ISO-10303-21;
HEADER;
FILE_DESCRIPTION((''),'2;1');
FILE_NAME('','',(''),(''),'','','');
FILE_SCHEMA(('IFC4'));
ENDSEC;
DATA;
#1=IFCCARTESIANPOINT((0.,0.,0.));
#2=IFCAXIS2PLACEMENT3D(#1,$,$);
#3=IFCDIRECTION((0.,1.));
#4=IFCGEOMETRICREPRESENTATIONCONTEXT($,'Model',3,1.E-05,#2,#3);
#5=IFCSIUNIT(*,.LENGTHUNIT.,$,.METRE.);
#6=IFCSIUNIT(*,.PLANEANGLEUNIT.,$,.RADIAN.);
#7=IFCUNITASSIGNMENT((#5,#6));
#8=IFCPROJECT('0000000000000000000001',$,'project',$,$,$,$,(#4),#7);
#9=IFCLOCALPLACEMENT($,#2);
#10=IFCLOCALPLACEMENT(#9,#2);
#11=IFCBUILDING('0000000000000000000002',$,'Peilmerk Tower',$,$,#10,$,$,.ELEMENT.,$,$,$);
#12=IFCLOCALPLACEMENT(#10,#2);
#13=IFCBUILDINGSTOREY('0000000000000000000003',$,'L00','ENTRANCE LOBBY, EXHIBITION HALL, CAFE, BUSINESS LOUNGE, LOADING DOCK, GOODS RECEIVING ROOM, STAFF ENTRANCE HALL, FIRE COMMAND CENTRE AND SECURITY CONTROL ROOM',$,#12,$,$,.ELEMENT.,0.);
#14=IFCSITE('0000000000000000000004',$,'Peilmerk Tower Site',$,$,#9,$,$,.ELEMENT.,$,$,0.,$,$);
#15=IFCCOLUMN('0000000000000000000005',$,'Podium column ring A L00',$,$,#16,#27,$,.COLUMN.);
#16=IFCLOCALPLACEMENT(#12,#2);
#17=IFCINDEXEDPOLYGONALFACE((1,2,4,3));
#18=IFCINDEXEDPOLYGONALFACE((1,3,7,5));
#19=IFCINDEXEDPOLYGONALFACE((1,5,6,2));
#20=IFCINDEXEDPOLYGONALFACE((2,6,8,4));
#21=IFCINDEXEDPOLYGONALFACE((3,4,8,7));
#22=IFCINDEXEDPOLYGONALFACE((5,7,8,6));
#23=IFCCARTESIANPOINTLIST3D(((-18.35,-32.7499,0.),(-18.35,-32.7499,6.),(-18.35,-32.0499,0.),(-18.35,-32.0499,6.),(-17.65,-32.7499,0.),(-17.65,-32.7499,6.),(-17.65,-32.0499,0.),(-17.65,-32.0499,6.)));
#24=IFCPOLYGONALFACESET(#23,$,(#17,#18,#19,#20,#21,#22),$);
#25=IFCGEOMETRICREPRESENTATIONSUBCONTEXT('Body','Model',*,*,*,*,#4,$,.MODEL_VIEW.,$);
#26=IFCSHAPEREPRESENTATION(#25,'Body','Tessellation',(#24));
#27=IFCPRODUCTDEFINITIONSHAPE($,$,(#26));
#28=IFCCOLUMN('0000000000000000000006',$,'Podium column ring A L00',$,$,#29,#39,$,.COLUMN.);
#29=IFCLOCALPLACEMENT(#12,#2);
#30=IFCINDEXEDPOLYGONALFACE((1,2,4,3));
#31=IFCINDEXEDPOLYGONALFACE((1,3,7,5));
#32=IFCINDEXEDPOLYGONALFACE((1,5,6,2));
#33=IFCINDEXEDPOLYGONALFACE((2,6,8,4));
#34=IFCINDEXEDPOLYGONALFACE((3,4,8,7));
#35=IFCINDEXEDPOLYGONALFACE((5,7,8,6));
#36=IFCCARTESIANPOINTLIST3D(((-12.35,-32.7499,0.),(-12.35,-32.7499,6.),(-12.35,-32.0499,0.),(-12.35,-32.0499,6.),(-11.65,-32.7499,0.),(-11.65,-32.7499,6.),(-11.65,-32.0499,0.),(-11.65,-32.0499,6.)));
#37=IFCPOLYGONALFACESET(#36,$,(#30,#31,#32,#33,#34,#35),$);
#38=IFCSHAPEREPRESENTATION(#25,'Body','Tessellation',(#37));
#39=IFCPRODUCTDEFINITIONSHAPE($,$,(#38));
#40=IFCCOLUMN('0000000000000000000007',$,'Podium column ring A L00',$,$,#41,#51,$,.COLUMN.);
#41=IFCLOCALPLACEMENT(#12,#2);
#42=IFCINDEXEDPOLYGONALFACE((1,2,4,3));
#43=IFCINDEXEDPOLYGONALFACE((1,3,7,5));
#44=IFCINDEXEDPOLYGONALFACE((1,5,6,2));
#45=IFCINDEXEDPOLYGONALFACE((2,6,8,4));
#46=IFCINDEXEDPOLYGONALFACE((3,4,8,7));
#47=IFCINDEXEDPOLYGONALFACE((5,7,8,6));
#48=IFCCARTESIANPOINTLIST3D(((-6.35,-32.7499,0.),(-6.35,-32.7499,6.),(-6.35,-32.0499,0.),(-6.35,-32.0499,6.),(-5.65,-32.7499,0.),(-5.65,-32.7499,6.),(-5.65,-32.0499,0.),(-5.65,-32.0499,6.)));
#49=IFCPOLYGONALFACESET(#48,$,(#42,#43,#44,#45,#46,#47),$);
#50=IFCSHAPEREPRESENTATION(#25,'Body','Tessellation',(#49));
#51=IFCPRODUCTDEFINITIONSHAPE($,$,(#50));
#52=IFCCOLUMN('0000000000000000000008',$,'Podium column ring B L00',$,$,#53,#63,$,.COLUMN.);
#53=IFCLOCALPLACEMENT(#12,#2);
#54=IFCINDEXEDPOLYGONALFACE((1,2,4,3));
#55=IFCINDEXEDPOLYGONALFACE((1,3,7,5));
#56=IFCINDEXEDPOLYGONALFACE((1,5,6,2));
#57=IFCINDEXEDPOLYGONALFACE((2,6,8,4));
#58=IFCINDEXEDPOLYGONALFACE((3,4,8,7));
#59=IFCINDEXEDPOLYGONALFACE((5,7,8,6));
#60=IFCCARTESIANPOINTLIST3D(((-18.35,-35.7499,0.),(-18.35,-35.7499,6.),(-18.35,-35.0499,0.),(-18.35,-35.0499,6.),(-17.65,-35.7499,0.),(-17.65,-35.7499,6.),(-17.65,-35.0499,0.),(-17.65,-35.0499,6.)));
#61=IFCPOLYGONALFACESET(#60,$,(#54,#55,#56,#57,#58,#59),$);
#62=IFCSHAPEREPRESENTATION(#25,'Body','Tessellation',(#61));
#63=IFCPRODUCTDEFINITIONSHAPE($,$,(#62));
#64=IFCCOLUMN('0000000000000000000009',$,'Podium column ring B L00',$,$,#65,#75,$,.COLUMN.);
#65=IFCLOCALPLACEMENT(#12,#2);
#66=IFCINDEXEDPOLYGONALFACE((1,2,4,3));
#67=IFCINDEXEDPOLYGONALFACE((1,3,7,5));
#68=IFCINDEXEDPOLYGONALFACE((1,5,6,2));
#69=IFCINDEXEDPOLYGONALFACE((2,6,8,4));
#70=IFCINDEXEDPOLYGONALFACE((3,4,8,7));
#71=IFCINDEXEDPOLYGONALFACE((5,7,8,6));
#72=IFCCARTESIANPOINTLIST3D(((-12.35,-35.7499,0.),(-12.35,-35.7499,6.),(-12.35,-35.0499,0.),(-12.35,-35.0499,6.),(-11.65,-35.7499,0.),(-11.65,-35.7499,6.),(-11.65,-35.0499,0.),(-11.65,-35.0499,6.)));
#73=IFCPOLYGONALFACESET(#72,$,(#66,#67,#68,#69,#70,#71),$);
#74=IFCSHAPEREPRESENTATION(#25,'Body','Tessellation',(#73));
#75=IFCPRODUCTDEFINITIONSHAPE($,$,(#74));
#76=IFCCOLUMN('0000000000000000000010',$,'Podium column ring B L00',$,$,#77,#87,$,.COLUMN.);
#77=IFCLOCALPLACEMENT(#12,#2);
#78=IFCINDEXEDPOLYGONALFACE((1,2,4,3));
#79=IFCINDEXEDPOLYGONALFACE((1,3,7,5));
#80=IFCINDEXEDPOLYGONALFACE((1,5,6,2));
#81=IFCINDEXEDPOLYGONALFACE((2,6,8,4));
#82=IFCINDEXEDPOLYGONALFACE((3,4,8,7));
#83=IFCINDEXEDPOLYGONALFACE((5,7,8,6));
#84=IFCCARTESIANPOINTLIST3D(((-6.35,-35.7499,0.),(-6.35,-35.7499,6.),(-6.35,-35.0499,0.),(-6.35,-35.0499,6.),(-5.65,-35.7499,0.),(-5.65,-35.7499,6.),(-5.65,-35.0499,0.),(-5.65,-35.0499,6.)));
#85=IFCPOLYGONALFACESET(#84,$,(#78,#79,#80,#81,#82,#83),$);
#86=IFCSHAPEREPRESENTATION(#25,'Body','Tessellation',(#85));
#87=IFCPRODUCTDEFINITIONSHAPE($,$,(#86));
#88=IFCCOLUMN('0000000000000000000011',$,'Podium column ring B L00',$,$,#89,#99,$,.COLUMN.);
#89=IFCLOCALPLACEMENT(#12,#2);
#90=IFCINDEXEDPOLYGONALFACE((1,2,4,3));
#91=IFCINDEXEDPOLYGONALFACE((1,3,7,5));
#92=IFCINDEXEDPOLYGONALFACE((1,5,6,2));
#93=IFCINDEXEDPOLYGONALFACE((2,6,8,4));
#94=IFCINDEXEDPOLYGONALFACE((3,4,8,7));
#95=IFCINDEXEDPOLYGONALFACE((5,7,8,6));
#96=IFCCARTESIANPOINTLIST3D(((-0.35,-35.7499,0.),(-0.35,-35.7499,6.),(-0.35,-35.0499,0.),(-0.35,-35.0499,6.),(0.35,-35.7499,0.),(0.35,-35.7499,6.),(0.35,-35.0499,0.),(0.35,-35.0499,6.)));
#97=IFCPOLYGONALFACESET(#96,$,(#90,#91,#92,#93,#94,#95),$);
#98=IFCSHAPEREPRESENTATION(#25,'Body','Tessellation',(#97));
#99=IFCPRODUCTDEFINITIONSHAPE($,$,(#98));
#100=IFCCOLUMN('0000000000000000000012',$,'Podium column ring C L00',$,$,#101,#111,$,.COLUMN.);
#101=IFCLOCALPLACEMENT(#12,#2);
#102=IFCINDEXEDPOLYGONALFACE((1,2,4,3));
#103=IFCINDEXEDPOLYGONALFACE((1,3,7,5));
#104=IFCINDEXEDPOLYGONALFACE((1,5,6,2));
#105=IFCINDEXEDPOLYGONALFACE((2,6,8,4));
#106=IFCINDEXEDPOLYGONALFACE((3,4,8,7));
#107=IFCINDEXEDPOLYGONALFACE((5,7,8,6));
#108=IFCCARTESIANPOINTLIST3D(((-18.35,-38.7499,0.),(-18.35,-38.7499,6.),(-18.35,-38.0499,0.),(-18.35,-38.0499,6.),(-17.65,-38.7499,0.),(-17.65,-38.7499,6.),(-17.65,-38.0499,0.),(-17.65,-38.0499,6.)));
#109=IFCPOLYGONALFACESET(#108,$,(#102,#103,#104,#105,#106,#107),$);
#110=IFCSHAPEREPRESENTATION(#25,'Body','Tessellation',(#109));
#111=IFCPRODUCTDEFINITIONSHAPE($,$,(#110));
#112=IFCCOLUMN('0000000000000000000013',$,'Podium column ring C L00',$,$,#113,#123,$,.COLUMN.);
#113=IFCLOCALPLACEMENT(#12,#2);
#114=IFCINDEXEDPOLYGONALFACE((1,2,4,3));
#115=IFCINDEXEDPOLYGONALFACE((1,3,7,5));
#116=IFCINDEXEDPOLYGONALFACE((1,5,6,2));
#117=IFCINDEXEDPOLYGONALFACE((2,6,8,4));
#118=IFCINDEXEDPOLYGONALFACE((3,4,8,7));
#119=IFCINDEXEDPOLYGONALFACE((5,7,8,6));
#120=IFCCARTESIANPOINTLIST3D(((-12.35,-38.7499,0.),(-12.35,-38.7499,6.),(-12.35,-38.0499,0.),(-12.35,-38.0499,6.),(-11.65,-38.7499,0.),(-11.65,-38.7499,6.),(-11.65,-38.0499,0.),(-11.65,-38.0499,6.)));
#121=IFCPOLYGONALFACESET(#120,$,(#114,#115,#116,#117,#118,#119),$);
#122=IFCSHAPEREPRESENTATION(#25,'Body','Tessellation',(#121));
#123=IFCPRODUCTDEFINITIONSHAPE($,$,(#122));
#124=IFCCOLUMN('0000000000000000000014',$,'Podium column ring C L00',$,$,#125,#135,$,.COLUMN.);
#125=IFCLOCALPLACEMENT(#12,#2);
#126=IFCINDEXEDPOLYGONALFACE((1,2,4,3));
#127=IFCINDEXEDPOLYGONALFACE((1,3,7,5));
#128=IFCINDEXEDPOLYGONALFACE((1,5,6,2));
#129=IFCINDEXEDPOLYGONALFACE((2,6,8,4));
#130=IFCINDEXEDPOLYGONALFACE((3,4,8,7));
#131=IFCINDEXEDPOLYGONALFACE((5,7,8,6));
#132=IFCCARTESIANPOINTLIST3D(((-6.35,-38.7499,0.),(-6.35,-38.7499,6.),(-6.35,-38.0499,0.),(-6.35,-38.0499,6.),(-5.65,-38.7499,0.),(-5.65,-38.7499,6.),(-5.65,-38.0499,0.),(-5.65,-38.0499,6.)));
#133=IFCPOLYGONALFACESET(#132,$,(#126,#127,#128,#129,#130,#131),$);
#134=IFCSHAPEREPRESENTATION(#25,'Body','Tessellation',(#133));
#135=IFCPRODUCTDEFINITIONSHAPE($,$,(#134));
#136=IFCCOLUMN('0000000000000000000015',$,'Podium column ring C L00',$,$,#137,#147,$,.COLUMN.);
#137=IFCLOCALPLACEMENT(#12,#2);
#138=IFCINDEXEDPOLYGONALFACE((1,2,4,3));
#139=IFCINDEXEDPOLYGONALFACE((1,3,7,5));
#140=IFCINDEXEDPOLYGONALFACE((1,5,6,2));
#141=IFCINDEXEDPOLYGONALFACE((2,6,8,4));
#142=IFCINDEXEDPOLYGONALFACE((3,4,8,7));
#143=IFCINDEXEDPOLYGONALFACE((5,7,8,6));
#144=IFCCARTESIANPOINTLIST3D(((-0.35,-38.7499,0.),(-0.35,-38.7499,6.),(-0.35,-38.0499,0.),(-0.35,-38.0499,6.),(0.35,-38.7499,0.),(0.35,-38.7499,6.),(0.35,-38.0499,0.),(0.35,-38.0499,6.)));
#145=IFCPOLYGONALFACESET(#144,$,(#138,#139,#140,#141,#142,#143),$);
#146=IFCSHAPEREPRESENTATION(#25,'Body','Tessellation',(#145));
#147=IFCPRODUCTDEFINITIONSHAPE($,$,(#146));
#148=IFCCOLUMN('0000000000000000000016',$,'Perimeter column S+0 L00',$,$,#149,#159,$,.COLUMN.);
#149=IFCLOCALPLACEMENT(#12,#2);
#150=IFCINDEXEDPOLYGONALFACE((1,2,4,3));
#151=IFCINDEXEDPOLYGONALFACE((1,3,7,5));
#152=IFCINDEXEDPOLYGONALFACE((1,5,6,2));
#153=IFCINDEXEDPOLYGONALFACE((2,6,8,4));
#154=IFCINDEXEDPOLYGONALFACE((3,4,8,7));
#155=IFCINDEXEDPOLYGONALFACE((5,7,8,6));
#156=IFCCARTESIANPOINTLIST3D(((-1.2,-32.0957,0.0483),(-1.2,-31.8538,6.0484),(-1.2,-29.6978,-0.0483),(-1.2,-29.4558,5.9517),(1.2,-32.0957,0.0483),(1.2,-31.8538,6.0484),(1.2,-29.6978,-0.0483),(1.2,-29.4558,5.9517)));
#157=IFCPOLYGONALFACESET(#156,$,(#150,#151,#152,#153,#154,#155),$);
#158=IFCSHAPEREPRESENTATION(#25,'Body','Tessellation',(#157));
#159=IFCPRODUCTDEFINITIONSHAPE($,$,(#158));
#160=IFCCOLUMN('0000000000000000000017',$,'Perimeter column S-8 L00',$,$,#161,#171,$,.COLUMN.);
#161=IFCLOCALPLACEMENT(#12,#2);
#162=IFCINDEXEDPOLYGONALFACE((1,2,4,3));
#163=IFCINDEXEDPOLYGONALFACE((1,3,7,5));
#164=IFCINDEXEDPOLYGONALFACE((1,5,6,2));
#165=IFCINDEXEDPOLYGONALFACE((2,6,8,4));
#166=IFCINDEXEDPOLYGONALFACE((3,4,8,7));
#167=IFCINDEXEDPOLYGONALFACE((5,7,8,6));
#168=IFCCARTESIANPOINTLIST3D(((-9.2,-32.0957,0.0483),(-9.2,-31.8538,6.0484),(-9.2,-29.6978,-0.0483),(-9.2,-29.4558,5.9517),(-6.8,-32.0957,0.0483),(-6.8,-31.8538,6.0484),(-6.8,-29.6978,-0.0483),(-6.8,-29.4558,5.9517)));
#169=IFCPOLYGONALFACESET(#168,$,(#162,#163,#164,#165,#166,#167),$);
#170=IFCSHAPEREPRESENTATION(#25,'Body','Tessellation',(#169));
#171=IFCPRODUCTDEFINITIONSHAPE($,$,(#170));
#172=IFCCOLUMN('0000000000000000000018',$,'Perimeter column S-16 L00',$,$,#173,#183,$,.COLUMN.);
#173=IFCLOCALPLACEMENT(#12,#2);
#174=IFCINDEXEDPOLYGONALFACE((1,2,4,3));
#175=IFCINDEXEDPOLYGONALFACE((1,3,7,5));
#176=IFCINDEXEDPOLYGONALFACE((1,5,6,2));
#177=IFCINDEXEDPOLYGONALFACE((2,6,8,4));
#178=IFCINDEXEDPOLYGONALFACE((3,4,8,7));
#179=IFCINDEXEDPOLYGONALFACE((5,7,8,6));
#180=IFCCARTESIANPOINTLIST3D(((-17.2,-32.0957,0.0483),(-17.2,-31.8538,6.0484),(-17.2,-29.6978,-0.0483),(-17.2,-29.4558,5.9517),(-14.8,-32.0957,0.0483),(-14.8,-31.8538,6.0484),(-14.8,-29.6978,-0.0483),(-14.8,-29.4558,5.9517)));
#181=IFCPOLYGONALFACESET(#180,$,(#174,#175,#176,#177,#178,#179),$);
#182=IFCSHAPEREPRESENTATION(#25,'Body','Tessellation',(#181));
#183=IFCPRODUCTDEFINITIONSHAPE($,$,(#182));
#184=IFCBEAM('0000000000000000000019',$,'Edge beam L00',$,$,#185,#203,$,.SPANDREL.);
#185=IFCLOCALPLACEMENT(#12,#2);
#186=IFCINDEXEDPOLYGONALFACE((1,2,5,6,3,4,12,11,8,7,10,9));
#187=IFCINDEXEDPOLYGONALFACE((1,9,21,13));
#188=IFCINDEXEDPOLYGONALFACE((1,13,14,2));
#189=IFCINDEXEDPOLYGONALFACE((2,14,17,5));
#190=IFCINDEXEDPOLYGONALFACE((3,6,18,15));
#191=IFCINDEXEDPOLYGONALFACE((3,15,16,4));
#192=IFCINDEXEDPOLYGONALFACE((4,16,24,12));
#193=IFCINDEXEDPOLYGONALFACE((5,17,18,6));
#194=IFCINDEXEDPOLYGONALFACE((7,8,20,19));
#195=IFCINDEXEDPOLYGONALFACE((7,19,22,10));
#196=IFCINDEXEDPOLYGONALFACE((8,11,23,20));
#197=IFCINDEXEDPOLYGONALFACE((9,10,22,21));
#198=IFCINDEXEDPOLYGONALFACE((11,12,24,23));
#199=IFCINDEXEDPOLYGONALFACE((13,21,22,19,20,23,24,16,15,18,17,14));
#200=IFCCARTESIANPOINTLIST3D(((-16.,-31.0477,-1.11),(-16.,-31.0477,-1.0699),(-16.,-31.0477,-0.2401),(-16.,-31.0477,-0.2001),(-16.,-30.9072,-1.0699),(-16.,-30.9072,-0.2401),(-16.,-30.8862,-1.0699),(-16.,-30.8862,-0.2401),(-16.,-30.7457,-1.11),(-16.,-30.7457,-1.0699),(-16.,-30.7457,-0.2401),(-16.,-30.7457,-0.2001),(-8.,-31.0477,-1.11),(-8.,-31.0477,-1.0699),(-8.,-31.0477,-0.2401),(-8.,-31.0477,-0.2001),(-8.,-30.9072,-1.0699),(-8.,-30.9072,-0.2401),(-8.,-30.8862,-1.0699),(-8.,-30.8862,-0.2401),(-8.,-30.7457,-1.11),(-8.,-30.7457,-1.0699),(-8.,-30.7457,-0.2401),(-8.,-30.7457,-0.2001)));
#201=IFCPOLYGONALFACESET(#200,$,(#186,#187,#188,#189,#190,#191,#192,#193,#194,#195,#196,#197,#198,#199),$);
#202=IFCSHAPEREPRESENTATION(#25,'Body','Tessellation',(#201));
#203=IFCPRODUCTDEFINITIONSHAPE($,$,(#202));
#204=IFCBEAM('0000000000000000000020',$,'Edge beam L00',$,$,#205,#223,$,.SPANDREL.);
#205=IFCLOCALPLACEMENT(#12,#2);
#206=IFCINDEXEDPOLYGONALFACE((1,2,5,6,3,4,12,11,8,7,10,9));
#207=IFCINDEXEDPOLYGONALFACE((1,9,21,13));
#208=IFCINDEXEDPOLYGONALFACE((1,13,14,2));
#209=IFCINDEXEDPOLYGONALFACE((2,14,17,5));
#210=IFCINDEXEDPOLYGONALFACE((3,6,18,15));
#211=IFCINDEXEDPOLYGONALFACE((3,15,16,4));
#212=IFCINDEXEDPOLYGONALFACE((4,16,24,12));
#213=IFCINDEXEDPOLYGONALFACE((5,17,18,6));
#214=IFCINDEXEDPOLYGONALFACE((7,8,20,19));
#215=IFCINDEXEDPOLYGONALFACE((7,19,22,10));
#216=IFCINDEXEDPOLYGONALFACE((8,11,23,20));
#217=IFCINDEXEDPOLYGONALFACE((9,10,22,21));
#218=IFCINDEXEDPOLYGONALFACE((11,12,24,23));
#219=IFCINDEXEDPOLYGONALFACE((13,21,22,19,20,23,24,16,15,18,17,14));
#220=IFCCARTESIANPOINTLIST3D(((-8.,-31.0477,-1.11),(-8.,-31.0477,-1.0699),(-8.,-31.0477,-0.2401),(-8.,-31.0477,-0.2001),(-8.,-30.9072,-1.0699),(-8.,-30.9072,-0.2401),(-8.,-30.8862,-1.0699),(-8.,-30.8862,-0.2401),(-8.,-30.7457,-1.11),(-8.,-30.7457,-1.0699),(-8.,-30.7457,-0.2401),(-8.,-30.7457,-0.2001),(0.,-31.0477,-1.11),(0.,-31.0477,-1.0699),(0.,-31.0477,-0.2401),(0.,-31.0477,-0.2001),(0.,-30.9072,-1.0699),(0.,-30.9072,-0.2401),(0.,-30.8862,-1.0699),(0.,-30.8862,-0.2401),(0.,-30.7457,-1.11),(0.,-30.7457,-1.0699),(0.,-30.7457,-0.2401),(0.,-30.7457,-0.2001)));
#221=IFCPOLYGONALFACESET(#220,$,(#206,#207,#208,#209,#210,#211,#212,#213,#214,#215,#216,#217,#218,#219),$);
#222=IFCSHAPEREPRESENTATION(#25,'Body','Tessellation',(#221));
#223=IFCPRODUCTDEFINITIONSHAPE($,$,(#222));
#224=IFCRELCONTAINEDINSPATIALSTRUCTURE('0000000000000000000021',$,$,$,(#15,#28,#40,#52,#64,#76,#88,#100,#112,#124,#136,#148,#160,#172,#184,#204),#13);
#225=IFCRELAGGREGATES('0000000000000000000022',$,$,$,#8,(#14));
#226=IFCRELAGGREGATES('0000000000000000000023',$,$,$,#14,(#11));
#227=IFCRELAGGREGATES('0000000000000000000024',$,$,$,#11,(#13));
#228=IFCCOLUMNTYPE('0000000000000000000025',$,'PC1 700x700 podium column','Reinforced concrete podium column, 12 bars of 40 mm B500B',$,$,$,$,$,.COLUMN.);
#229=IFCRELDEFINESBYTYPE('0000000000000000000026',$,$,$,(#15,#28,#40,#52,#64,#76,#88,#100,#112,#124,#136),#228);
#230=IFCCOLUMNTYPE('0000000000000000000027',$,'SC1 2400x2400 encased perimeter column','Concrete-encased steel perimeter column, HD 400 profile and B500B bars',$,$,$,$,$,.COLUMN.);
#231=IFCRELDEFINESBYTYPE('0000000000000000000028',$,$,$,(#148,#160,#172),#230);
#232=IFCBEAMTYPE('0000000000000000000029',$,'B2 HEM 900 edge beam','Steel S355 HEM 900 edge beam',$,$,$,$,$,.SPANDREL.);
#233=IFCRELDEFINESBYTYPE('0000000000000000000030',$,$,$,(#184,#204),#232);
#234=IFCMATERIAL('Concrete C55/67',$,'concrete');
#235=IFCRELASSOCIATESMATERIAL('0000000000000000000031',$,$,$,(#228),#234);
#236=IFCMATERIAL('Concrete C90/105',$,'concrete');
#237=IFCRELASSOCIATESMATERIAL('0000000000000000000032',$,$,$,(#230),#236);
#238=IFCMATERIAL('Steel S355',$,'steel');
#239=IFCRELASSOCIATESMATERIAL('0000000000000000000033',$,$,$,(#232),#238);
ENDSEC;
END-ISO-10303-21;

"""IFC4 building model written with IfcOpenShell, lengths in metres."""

from ifc_helpers import new_model, si_unit, direction, frame, origin, origin_2d, place, context, subcontext, project, spatial, rectangle, i_section, extrude, material, material_profile, profile_set, type_object, element, save


model = new_model("IFC4")

# Units and contexts
model_context = context("Model", 3, precision=1e-05, world=origin(), true_north=direction((0.0, 1.0)))
body_context = subcontext(model_context, "Body", "Model", "MODEL_VIEW")
ifc_project = project(units=[si_unit("LENGTHUNIT", "METRE"), si_unit("PLANEANGLEUNIT", "RADIAN")], contexts=[model_context])

# Site, building, storey
site_placement = place(None, origin())
site = spatial("IfcSite", under=ifc_project, at=site_placement, Name="Peilmerk Tower Site", CompositionType="ELEMENT", RefElevation=0.0)
building_placement = place(site_placement, origin())
building = spatial("IfcBuilding", under=site, at=building_placement, Name="Peilmerk Tower", CompositionType="ELEMENT")
storey_placement = place(building_placement, origin())
storey = spatial("IfcBuildingStorey", under=building, at=storey_placement, Name="L00", Description="ENTRANCE LOBBY, EXHIBITION HALL, CAFE, BUSINESS LOUNGE, LOADING DOCK, GOODS RECEIVING ROOM, STAFF ENTRANCE HALL, FIRE COMMAND CENTRE AND SECURITY CONTROL ROOM", CompositionType="ELEMENT", Elevation=0.0)

# Columns
ifc_material_1 = material(Name="Concrete C55/67", Category="concrete")
ifc_material_profile_1 = material_profile(ifc_material_1, rectangle(XDim=0.7, YDim=0.7, at=origin_2d()), Name="RC 700x700")
ifc_profile_set_1 = profile_set([ifc_material_profile_1], Name="Concrete C55/67")
column_type_1 = type_object("IfcColumnType", Name="PC1 700x700 podium column", Description="Reinforced concrete podium column, 12 bars of 40 mm B500B", PredefinedType="COLUMN", material=ifc_profile_set_1)
for number, where, z_axis, x_axis, name in (
    (1, (-18.0, -32.3999, 0.0), (0.0, 0.0, 1.0), (1.0, 0.0, 0.0), "Podium column ring A L00"),
    (2, (-12.0, -32.3999, 0.0), (0.0, 0.0, 1.0), (1.0, 0.0, 0.0), "Podium column ring A L00"),
    (3, (-6.0, -32.3999, 0.0), (0.0, 0.0, 1.0), (1.0, 0.0, 0.0), "Podium column ring A L00"),
    (4, (-18.0, -35.3999, 0.0), (0.0, 0.0, 1.0), (1.0, 0.0, 0.0), "Podium column ring B L00"),
    (5, (-12.0, -35.3999, 0.0), (0.0, 0.0, 1.0), (1.0, 0.0, 0.0), "Podium column ring B L00"),
    (6, (-6.0, -35.3999, 0.0), (0.0, 0.0, 1.0), (1.0, 0.0, 0.0), "Podium column ring B L00"),
    (7, (0.0, -35.3999, 0.0), (0.0, 0.0, 1.0), (1.0, 0.0, 0.0), "Podium column ring B L00"),
    (8, (-18.0, -38.3999, 0.0), (0.0, 0.0, 1.0), (1.0, 0.0, 0.0), "Podium column ring C L00"),
    (9, (-12.0, -38.3999, 0.0), (0.0, 0.0, 1.0), (1.0, 0.0, 0.0), "Podium column ring C L00"),
    (10, (-6.0, -38.3999, 0.0), (0.0, 0.0, 1.0), (1.0, 0.0, 0.0), "Podium column ring C L00"),
    (11, (0.0, -38.3999, 0.0), (0.0, 0.0, 1.0), (1.0, 0.0, 0.0), "Podium column ring C L00"),
):
    element("IfcColumn", number, at=place(storey_placement, frame(where, z_axis=z_axis, x_axis=x_axis)), inside=storey, type_object=column_type_1, Name=name, PredefinedType="COLUMN", context=body_context, shape_type="SweptSolid", body=[
        extrude(rectangle(XDim=0.7, YDim=0.7, at=origin_2d()), origin(), (0.0, 0.0, 1.0), 6.0),
    ])
ifc_material_2 = material(Name="Concrete C90/105", Category="concrete")
ifc_material_profile_2 = material_profile(ifc_material_2, rectangle(XDim=2.3999, YDim=2.3999, at=origin_2d()), Name="RC 2400x2400")
ifc_profile_set_2 = profile_set([ifc_material_profile_2], Name="Concrete C90/105")
column_type_2 = type_object("IfcColumnType", Name="SC1 2400x2400 encased perimeter column", Description="Concrete-encased steel perimeter column, HD 400 profile and B500B bars", PredefinedType="COLUMN", material=ifc_profile_set_2)
for number, where, z_axis, x_axis, name in (
    (12, (0.0, -30.8967, 0.0), (0.0, 0.040291, 0.999188), (-1.0, 0.0, 0.0), "Perimeter column S+0 L00"),
    (13, (-8.0, -30.8967, 0.0), (0.0, 0.040291, 0.999188), (-1.0, 0.0, 0.0), "Perimeter column S-8 L00"),
    (14, (-16.0, -30.8967, 0.0), (0.0, 0.040291, 0.999188), (-1.0, 0.0, 0.0), "Perimeter column S-16 L00"),
):
    element("IfcColumn", number, at=place(storey_placement, frame(where, z_axis=z_axis, x_axis=x_axis)), inside=storey, type_object=column_type_2, Name=name, PredefinedType="COLUMN", context=body_context, shape_type="SweptSolid", body=[
        extrude(rectangle(XDim=2.3999, YDim=2.3999, at=origin_2d()), origin(), (0.0, 0.0, 1.0), 6.0049),
    ])

# Beams
ifc_material_3 = material(Name="Steel S355", Category="steel")
ifc_material_profile_3 = material_profile(ifc_material_3, i_section(OverallWidth=0.302, OverallDepth=0.9099, WebThickness=0.021, FlangeThickness=0.04, at=origin_2d()), Name="HEM 900")
ifc_profile_set_3 = profile_set([ifc_material_profile_3], Name="Steel S355")
beam_type_1 = type_object("IfcBeamType", Name="B2 HEM 900 edge beam", Description="Steel S355 HEM 900 edge beam", PredefinedType="SPANDREL", material=ifc_profile_set_3)
for number, where, z_axis, x_axis, name in (
    (15, (-16.0, -30.8967, -0.655), (1.0, 0.0, 0.0), (0.0, 1.0, 0.0), "Edge beam L00"),
    (16, (-8.0, -30.8967, -0.655), (1.0, 0.0, 0.0), (0.0, 1.0, 0.0), "Edge beam L00"),
):
    element("IfcBeam", number, at=place(storey_placement, frame(where, z_axis=z_axis, x_axis=x_axis)), inside=storey, type_object=beam_type_1, Name=name, PredefinedType="SPANDREL", context=body_context, shape_type="SweptSolid", body=[
        extrude(i_section(OverallWidth=0.302, OverallDepth=0.9099, WebThickness=0.021, FlangeThickness=0.04, at=origin_2d()), origin(), (0.0, 0.0, 1.0), 8.0),
    ])

save(model, "model.ifc")
